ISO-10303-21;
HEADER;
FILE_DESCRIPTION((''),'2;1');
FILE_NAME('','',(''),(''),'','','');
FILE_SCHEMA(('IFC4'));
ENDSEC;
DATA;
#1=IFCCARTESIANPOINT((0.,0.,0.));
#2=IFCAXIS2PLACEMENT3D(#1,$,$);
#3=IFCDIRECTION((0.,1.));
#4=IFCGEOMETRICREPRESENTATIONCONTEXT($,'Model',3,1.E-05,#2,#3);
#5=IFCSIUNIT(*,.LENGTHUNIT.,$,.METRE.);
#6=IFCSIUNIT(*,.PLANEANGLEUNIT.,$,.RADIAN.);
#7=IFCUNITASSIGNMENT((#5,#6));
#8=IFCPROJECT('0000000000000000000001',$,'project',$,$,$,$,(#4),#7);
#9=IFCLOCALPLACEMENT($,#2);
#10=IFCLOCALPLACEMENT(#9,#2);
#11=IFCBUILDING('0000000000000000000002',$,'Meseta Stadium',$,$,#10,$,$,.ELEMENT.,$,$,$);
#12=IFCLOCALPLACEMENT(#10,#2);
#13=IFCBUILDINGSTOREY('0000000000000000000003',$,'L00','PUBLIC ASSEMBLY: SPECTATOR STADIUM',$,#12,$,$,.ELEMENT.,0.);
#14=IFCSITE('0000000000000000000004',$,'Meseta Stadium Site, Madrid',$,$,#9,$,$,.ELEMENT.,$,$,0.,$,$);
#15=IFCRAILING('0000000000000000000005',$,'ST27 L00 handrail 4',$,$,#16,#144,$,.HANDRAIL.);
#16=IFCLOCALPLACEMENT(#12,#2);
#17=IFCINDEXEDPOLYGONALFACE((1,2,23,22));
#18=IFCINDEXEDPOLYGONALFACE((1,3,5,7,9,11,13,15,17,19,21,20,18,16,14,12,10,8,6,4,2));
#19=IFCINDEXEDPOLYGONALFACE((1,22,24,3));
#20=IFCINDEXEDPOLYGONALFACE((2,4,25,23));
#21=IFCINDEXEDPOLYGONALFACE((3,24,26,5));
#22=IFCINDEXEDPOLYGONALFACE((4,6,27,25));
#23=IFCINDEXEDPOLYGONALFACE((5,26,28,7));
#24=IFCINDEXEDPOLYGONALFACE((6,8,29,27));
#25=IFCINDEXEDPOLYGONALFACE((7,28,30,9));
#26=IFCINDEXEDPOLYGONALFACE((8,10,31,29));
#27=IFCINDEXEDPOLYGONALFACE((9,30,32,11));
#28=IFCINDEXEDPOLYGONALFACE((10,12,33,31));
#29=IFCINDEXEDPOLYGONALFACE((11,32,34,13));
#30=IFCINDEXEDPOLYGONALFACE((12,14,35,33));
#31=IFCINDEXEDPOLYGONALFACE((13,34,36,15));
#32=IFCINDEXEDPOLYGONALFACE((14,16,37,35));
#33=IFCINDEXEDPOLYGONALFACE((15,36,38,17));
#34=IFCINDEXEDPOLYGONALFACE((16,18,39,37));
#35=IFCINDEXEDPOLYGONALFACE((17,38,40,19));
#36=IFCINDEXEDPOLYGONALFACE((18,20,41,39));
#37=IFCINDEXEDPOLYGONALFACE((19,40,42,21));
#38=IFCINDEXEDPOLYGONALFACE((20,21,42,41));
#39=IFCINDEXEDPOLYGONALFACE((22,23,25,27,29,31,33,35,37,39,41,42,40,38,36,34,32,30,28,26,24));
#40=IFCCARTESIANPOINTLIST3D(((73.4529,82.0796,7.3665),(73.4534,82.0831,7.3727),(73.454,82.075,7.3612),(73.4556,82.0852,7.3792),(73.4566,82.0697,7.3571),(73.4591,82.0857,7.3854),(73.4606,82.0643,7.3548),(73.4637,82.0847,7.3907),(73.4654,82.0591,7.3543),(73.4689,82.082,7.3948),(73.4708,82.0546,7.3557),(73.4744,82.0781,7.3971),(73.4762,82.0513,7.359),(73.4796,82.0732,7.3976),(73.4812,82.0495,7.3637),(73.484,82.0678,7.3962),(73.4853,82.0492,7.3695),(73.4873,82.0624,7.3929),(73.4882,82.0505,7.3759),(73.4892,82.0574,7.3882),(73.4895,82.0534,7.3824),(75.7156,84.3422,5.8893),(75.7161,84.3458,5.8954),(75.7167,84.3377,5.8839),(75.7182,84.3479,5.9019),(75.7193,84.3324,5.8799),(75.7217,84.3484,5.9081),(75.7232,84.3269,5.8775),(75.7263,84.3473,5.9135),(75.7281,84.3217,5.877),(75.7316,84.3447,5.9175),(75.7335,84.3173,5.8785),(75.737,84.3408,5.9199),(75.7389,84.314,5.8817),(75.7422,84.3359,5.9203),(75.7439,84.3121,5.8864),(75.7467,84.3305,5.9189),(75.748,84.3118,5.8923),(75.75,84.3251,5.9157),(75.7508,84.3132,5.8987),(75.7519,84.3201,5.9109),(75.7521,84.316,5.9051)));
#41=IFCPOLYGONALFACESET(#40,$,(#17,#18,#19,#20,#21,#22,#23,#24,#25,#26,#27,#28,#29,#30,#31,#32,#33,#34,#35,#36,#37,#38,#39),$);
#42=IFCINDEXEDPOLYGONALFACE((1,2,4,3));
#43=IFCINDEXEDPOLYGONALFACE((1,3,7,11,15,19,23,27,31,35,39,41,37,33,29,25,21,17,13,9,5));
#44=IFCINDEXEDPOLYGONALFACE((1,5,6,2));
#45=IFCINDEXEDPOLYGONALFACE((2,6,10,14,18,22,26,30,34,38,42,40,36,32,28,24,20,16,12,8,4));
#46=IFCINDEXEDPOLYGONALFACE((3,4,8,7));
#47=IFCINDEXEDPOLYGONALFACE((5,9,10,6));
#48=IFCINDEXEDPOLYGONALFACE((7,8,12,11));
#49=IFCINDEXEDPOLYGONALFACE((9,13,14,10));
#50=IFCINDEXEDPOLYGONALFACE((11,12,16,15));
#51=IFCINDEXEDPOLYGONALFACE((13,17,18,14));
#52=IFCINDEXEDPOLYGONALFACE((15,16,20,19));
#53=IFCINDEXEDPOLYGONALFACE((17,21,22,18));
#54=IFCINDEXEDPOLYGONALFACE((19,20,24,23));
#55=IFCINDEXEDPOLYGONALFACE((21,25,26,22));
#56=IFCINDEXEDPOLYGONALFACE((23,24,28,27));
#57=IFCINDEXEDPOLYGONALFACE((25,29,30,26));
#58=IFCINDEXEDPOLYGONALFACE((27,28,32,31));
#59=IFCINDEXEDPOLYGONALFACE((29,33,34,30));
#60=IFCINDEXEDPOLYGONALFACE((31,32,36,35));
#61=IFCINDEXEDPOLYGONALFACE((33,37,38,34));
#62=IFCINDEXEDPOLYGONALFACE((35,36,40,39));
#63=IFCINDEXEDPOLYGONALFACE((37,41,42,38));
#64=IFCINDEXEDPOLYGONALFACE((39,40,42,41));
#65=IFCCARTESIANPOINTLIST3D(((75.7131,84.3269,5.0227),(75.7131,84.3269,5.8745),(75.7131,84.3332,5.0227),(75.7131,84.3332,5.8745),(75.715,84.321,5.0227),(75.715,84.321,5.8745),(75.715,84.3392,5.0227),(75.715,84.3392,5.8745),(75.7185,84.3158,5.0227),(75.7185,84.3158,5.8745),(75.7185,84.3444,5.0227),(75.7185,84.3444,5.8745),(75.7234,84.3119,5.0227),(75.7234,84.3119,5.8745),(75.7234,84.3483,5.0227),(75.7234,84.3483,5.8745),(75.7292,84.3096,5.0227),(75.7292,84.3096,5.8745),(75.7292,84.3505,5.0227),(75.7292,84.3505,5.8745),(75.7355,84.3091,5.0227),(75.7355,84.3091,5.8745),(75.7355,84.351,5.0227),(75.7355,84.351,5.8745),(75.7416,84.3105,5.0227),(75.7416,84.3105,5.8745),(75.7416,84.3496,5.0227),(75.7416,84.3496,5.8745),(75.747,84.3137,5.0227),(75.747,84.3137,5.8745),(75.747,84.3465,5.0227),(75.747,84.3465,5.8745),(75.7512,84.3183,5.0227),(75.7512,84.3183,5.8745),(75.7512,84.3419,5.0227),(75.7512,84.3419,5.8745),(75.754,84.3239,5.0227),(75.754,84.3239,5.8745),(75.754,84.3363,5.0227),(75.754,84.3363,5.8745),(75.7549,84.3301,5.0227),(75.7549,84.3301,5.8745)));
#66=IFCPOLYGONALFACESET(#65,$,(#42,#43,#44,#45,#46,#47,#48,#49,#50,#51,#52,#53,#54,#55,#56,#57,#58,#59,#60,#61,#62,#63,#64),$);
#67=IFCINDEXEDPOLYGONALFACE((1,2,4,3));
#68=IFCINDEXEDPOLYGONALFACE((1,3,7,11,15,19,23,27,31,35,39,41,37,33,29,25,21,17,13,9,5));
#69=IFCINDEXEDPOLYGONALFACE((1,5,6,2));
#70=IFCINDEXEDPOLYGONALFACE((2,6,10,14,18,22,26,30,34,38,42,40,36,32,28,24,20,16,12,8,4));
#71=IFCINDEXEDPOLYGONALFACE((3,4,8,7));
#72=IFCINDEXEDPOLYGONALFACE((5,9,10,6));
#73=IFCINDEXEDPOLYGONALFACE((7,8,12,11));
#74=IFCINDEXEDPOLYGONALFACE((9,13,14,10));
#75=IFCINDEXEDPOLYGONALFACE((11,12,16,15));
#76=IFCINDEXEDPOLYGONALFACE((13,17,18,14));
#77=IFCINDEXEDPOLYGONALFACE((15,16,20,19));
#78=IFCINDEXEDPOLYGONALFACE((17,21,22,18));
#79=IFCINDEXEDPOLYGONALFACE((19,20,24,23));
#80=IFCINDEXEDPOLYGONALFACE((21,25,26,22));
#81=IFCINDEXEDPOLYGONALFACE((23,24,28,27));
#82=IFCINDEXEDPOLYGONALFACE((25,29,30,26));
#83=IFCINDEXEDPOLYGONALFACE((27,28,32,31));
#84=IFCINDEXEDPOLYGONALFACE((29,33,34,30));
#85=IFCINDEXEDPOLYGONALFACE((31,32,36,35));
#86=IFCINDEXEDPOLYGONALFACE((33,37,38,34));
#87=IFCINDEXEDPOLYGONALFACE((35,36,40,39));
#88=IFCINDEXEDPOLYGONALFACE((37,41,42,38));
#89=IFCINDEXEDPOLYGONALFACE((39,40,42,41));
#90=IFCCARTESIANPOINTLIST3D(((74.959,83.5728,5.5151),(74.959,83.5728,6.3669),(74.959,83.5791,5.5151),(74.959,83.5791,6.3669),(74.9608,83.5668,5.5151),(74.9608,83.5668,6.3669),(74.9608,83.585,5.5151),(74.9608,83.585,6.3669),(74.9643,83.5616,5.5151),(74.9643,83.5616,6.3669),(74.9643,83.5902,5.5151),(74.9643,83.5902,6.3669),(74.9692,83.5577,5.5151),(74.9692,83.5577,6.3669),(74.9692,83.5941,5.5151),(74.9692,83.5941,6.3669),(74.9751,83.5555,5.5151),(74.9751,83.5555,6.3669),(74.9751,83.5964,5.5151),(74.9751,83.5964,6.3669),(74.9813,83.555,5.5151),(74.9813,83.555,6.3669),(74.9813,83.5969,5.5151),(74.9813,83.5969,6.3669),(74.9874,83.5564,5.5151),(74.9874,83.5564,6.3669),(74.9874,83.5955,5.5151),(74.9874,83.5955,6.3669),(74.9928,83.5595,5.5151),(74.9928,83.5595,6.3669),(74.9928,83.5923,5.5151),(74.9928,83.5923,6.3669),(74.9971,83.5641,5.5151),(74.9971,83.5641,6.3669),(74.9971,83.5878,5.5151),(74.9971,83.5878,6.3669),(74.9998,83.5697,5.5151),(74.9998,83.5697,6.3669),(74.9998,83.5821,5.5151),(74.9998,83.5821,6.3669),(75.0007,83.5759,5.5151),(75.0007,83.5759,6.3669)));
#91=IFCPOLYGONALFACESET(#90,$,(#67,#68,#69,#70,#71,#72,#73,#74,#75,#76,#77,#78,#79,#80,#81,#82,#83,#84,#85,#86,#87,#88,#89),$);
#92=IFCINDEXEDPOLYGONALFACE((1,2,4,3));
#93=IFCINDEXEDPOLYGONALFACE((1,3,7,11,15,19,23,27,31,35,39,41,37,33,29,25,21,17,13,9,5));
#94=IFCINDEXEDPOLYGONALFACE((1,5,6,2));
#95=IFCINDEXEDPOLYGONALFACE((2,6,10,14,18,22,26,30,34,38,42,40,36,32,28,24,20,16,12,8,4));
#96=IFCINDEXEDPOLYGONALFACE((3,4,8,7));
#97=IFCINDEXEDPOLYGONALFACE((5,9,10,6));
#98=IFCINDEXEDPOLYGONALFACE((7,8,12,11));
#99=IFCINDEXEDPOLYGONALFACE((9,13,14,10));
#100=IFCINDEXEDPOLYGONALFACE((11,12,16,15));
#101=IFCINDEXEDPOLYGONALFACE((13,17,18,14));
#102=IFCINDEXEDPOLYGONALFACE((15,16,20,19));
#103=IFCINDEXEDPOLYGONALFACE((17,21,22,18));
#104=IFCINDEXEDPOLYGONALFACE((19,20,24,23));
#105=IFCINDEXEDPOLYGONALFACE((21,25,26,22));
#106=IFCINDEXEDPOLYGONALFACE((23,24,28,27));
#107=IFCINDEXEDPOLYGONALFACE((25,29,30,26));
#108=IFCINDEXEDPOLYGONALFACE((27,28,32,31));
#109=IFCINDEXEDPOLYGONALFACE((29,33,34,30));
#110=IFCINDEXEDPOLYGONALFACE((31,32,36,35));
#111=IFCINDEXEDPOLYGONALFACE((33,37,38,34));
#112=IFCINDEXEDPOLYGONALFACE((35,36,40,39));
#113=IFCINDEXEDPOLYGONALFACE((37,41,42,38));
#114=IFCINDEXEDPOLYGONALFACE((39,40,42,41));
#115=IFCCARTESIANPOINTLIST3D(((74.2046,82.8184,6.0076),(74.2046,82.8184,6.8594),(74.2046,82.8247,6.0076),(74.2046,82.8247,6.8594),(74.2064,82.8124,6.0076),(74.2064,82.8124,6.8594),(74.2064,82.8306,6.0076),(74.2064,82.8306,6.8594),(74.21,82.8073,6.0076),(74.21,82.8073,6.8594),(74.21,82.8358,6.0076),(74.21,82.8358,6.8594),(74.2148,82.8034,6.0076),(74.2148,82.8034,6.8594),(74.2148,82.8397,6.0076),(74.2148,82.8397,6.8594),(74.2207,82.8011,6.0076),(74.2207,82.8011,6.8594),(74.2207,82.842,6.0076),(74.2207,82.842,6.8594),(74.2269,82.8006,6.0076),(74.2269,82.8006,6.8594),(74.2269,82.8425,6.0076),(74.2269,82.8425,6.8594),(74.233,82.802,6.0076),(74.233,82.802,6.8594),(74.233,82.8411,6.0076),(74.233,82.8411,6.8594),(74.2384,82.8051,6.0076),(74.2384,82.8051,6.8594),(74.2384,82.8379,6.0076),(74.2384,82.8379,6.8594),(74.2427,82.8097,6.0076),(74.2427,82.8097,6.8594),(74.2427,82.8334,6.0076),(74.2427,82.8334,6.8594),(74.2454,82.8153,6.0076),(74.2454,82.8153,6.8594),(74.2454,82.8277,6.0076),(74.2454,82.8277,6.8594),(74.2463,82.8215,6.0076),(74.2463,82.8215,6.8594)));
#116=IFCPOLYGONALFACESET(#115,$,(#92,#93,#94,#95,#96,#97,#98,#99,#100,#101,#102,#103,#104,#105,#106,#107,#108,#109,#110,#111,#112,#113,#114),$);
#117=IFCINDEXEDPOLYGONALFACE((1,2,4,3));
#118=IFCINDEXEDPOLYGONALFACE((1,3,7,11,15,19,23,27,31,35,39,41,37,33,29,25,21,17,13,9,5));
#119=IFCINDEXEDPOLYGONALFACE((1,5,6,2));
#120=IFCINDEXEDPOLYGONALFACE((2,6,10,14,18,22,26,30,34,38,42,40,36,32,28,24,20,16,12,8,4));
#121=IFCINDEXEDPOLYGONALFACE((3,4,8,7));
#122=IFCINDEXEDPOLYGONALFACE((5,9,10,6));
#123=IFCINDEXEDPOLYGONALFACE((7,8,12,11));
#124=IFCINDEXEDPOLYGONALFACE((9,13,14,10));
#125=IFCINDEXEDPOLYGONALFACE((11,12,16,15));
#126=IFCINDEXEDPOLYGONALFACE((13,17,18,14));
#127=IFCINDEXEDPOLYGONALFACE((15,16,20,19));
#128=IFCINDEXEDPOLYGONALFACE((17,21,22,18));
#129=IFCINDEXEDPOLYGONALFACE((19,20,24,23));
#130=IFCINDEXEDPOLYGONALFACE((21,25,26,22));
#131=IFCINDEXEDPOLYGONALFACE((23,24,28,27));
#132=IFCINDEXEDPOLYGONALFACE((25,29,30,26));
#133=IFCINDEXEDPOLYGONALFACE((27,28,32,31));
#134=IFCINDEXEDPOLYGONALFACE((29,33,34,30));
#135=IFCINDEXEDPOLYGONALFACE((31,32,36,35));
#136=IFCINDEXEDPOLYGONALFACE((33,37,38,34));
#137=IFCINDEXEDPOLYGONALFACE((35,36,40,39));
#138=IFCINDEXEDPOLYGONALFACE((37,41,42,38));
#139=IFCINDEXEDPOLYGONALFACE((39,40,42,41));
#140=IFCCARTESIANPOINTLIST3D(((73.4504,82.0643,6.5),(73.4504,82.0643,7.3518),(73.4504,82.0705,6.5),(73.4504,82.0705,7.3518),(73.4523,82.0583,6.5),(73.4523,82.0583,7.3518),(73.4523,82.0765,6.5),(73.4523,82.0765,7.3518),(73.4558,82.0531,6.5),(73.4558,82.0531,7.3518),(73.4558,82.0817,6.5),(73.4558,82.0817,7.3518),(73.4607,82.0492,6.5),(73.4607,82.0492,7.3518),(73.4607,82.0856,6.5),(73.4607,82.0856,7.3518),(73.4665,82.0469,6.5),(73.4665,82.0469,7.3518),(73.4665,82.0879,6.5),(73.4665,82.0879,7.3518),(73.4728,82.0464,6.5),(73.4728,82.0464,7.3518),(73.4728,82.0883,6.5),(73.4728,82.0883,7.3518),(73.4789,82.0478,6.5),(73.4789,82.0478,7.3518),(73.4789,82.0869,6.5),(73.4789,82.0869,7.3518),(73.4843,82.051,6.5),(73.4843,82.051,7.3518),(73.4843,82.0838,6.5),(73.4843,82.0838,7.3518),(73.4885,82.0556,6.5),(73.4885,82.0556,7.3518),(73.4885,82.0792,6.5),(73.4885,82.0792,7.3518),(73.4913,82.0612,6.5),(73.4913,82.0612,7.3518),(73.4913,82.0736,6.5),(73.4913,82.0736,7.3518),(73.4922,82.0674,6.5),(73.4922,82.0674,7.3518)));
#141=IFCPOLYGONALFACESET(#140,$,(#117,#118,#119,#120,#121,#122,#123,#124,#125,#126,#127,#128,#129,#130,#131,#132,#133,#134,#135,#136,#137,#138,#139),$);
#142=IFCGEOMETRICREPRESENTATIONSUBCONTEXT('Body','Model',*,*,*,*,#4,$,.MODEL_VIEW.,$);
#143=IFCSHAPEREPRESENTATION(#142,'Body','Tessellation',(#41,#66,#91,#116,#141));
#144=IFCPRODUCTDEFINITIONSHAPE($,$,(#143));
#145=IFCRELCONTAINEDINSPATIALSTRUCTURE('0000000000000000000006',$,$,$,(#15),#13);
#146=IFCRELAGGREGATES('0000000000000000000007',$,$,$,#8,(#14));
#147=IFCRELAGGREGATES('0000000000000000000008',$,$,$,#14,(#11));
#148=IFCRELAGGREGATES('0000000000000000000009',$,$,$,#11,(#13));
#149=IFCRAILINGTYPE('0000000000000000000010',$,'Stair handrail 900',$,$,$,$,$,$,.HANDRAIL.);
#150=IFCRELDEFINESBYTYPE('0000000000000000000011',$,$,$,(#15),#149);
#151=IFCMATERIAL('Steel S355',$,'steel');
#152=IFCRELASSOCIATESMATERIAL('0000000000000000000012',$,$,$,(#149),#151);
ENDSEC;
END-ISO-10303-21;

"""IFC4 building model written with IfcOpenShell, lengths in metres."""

from ifc_helpers import new_model, si_unit, direction, frame, origin, origin_2d, place, context, subcontext, project, spatial, circle, extrude, material, type_object, element, save


model = new_model("IFC4")

# Units and contexts
model_context = context("Model", 3, precision=1e-05, world=origin(), true_north=direction((0.0, 1.0)))
body_context = subcontext(model_context, "Body", "Model", "MODEL_VIEW")
ifc_project = project(units=[si_unit("LENGTHUNIT", "METRE"), si_unit("PLANEANGLEUNIT", "RADIAN")], contexts=[model_context])

# Site, building, storey
site_placement = place(None, origin())
site = spatial("IfcSite", under=ifc_project, at=site_placement, Name="Meseta Stadium Site, Madrid", CompositionType="ELEMENT", RefElevation=0.0)
building_placement = place(site_placement, origin())
building = spatial("IfcBuilding", under=site, at=building_placement, Name="Meseta Stadium", CompositionType="ELEMENT")
storey_placement = place(building_placement, origin())
storey = spatial("IfcBuildingStorey", under=building, at=storey_placement, Name="L00", Description="PUBLIC ASSEMBLY: SPECTATOR STADIUM", CompositionType="ELEMENT", Elevation=0.0)

# Railing
ifc_material_1 = material(Name="Steel S355", Category="steel")
railing_type_1 = type_object("IfcRailingType", Name="Stair handrail 900", PredefinedType="HANDRAIL", material=ifc_material_1)
for number, where, name in (
    (1, (75.7339, 84.3301, 5.0227), "ST27 L00 handrail 4"),
):
    element("IfcRailing", number, at=place(storey_placement, frame(where)), inside=storey, type_object=railing_type_1, Name=name, PredefinedType="HANDRAIL", context=body_context, shape_type="SweptSolid", body=[
        extrude(circle(Radius=0.0239, at=origin_2d()), frame((0.0, 0.0, 0.876), z_axis=(-0.641994, -0.641994, 0.419152), x_axis=(0.707107, -0.707107, 0.0)), (0.0, 0.0, 1.0), 3.5244),
        extrude(circle(Radius=0.021, at=origin_2d()), origin(), (0.0, 0.0, 1.0), 0.8518),
        extrude(circle(Radius=0.021, at=origin_2d()), frame((-0.7542, -0.7542, 0.4924)), (0.0, 0.0, 1.0), 0.8518),
        extrude(circle(Radius=0.021, at=origin_2d()), frame((-1.5085, -1.5085, 0.9849)), (0.0, 0.0, 1.0), 0.8518),
        extrude(circle(Radius=0.021, at=origin_2d()), frame((-2.2627, -2.2627, 1.4773)), (0.0, 0.0, 1.0), 0.8518),
    ])

save(model, "model.ifc")
